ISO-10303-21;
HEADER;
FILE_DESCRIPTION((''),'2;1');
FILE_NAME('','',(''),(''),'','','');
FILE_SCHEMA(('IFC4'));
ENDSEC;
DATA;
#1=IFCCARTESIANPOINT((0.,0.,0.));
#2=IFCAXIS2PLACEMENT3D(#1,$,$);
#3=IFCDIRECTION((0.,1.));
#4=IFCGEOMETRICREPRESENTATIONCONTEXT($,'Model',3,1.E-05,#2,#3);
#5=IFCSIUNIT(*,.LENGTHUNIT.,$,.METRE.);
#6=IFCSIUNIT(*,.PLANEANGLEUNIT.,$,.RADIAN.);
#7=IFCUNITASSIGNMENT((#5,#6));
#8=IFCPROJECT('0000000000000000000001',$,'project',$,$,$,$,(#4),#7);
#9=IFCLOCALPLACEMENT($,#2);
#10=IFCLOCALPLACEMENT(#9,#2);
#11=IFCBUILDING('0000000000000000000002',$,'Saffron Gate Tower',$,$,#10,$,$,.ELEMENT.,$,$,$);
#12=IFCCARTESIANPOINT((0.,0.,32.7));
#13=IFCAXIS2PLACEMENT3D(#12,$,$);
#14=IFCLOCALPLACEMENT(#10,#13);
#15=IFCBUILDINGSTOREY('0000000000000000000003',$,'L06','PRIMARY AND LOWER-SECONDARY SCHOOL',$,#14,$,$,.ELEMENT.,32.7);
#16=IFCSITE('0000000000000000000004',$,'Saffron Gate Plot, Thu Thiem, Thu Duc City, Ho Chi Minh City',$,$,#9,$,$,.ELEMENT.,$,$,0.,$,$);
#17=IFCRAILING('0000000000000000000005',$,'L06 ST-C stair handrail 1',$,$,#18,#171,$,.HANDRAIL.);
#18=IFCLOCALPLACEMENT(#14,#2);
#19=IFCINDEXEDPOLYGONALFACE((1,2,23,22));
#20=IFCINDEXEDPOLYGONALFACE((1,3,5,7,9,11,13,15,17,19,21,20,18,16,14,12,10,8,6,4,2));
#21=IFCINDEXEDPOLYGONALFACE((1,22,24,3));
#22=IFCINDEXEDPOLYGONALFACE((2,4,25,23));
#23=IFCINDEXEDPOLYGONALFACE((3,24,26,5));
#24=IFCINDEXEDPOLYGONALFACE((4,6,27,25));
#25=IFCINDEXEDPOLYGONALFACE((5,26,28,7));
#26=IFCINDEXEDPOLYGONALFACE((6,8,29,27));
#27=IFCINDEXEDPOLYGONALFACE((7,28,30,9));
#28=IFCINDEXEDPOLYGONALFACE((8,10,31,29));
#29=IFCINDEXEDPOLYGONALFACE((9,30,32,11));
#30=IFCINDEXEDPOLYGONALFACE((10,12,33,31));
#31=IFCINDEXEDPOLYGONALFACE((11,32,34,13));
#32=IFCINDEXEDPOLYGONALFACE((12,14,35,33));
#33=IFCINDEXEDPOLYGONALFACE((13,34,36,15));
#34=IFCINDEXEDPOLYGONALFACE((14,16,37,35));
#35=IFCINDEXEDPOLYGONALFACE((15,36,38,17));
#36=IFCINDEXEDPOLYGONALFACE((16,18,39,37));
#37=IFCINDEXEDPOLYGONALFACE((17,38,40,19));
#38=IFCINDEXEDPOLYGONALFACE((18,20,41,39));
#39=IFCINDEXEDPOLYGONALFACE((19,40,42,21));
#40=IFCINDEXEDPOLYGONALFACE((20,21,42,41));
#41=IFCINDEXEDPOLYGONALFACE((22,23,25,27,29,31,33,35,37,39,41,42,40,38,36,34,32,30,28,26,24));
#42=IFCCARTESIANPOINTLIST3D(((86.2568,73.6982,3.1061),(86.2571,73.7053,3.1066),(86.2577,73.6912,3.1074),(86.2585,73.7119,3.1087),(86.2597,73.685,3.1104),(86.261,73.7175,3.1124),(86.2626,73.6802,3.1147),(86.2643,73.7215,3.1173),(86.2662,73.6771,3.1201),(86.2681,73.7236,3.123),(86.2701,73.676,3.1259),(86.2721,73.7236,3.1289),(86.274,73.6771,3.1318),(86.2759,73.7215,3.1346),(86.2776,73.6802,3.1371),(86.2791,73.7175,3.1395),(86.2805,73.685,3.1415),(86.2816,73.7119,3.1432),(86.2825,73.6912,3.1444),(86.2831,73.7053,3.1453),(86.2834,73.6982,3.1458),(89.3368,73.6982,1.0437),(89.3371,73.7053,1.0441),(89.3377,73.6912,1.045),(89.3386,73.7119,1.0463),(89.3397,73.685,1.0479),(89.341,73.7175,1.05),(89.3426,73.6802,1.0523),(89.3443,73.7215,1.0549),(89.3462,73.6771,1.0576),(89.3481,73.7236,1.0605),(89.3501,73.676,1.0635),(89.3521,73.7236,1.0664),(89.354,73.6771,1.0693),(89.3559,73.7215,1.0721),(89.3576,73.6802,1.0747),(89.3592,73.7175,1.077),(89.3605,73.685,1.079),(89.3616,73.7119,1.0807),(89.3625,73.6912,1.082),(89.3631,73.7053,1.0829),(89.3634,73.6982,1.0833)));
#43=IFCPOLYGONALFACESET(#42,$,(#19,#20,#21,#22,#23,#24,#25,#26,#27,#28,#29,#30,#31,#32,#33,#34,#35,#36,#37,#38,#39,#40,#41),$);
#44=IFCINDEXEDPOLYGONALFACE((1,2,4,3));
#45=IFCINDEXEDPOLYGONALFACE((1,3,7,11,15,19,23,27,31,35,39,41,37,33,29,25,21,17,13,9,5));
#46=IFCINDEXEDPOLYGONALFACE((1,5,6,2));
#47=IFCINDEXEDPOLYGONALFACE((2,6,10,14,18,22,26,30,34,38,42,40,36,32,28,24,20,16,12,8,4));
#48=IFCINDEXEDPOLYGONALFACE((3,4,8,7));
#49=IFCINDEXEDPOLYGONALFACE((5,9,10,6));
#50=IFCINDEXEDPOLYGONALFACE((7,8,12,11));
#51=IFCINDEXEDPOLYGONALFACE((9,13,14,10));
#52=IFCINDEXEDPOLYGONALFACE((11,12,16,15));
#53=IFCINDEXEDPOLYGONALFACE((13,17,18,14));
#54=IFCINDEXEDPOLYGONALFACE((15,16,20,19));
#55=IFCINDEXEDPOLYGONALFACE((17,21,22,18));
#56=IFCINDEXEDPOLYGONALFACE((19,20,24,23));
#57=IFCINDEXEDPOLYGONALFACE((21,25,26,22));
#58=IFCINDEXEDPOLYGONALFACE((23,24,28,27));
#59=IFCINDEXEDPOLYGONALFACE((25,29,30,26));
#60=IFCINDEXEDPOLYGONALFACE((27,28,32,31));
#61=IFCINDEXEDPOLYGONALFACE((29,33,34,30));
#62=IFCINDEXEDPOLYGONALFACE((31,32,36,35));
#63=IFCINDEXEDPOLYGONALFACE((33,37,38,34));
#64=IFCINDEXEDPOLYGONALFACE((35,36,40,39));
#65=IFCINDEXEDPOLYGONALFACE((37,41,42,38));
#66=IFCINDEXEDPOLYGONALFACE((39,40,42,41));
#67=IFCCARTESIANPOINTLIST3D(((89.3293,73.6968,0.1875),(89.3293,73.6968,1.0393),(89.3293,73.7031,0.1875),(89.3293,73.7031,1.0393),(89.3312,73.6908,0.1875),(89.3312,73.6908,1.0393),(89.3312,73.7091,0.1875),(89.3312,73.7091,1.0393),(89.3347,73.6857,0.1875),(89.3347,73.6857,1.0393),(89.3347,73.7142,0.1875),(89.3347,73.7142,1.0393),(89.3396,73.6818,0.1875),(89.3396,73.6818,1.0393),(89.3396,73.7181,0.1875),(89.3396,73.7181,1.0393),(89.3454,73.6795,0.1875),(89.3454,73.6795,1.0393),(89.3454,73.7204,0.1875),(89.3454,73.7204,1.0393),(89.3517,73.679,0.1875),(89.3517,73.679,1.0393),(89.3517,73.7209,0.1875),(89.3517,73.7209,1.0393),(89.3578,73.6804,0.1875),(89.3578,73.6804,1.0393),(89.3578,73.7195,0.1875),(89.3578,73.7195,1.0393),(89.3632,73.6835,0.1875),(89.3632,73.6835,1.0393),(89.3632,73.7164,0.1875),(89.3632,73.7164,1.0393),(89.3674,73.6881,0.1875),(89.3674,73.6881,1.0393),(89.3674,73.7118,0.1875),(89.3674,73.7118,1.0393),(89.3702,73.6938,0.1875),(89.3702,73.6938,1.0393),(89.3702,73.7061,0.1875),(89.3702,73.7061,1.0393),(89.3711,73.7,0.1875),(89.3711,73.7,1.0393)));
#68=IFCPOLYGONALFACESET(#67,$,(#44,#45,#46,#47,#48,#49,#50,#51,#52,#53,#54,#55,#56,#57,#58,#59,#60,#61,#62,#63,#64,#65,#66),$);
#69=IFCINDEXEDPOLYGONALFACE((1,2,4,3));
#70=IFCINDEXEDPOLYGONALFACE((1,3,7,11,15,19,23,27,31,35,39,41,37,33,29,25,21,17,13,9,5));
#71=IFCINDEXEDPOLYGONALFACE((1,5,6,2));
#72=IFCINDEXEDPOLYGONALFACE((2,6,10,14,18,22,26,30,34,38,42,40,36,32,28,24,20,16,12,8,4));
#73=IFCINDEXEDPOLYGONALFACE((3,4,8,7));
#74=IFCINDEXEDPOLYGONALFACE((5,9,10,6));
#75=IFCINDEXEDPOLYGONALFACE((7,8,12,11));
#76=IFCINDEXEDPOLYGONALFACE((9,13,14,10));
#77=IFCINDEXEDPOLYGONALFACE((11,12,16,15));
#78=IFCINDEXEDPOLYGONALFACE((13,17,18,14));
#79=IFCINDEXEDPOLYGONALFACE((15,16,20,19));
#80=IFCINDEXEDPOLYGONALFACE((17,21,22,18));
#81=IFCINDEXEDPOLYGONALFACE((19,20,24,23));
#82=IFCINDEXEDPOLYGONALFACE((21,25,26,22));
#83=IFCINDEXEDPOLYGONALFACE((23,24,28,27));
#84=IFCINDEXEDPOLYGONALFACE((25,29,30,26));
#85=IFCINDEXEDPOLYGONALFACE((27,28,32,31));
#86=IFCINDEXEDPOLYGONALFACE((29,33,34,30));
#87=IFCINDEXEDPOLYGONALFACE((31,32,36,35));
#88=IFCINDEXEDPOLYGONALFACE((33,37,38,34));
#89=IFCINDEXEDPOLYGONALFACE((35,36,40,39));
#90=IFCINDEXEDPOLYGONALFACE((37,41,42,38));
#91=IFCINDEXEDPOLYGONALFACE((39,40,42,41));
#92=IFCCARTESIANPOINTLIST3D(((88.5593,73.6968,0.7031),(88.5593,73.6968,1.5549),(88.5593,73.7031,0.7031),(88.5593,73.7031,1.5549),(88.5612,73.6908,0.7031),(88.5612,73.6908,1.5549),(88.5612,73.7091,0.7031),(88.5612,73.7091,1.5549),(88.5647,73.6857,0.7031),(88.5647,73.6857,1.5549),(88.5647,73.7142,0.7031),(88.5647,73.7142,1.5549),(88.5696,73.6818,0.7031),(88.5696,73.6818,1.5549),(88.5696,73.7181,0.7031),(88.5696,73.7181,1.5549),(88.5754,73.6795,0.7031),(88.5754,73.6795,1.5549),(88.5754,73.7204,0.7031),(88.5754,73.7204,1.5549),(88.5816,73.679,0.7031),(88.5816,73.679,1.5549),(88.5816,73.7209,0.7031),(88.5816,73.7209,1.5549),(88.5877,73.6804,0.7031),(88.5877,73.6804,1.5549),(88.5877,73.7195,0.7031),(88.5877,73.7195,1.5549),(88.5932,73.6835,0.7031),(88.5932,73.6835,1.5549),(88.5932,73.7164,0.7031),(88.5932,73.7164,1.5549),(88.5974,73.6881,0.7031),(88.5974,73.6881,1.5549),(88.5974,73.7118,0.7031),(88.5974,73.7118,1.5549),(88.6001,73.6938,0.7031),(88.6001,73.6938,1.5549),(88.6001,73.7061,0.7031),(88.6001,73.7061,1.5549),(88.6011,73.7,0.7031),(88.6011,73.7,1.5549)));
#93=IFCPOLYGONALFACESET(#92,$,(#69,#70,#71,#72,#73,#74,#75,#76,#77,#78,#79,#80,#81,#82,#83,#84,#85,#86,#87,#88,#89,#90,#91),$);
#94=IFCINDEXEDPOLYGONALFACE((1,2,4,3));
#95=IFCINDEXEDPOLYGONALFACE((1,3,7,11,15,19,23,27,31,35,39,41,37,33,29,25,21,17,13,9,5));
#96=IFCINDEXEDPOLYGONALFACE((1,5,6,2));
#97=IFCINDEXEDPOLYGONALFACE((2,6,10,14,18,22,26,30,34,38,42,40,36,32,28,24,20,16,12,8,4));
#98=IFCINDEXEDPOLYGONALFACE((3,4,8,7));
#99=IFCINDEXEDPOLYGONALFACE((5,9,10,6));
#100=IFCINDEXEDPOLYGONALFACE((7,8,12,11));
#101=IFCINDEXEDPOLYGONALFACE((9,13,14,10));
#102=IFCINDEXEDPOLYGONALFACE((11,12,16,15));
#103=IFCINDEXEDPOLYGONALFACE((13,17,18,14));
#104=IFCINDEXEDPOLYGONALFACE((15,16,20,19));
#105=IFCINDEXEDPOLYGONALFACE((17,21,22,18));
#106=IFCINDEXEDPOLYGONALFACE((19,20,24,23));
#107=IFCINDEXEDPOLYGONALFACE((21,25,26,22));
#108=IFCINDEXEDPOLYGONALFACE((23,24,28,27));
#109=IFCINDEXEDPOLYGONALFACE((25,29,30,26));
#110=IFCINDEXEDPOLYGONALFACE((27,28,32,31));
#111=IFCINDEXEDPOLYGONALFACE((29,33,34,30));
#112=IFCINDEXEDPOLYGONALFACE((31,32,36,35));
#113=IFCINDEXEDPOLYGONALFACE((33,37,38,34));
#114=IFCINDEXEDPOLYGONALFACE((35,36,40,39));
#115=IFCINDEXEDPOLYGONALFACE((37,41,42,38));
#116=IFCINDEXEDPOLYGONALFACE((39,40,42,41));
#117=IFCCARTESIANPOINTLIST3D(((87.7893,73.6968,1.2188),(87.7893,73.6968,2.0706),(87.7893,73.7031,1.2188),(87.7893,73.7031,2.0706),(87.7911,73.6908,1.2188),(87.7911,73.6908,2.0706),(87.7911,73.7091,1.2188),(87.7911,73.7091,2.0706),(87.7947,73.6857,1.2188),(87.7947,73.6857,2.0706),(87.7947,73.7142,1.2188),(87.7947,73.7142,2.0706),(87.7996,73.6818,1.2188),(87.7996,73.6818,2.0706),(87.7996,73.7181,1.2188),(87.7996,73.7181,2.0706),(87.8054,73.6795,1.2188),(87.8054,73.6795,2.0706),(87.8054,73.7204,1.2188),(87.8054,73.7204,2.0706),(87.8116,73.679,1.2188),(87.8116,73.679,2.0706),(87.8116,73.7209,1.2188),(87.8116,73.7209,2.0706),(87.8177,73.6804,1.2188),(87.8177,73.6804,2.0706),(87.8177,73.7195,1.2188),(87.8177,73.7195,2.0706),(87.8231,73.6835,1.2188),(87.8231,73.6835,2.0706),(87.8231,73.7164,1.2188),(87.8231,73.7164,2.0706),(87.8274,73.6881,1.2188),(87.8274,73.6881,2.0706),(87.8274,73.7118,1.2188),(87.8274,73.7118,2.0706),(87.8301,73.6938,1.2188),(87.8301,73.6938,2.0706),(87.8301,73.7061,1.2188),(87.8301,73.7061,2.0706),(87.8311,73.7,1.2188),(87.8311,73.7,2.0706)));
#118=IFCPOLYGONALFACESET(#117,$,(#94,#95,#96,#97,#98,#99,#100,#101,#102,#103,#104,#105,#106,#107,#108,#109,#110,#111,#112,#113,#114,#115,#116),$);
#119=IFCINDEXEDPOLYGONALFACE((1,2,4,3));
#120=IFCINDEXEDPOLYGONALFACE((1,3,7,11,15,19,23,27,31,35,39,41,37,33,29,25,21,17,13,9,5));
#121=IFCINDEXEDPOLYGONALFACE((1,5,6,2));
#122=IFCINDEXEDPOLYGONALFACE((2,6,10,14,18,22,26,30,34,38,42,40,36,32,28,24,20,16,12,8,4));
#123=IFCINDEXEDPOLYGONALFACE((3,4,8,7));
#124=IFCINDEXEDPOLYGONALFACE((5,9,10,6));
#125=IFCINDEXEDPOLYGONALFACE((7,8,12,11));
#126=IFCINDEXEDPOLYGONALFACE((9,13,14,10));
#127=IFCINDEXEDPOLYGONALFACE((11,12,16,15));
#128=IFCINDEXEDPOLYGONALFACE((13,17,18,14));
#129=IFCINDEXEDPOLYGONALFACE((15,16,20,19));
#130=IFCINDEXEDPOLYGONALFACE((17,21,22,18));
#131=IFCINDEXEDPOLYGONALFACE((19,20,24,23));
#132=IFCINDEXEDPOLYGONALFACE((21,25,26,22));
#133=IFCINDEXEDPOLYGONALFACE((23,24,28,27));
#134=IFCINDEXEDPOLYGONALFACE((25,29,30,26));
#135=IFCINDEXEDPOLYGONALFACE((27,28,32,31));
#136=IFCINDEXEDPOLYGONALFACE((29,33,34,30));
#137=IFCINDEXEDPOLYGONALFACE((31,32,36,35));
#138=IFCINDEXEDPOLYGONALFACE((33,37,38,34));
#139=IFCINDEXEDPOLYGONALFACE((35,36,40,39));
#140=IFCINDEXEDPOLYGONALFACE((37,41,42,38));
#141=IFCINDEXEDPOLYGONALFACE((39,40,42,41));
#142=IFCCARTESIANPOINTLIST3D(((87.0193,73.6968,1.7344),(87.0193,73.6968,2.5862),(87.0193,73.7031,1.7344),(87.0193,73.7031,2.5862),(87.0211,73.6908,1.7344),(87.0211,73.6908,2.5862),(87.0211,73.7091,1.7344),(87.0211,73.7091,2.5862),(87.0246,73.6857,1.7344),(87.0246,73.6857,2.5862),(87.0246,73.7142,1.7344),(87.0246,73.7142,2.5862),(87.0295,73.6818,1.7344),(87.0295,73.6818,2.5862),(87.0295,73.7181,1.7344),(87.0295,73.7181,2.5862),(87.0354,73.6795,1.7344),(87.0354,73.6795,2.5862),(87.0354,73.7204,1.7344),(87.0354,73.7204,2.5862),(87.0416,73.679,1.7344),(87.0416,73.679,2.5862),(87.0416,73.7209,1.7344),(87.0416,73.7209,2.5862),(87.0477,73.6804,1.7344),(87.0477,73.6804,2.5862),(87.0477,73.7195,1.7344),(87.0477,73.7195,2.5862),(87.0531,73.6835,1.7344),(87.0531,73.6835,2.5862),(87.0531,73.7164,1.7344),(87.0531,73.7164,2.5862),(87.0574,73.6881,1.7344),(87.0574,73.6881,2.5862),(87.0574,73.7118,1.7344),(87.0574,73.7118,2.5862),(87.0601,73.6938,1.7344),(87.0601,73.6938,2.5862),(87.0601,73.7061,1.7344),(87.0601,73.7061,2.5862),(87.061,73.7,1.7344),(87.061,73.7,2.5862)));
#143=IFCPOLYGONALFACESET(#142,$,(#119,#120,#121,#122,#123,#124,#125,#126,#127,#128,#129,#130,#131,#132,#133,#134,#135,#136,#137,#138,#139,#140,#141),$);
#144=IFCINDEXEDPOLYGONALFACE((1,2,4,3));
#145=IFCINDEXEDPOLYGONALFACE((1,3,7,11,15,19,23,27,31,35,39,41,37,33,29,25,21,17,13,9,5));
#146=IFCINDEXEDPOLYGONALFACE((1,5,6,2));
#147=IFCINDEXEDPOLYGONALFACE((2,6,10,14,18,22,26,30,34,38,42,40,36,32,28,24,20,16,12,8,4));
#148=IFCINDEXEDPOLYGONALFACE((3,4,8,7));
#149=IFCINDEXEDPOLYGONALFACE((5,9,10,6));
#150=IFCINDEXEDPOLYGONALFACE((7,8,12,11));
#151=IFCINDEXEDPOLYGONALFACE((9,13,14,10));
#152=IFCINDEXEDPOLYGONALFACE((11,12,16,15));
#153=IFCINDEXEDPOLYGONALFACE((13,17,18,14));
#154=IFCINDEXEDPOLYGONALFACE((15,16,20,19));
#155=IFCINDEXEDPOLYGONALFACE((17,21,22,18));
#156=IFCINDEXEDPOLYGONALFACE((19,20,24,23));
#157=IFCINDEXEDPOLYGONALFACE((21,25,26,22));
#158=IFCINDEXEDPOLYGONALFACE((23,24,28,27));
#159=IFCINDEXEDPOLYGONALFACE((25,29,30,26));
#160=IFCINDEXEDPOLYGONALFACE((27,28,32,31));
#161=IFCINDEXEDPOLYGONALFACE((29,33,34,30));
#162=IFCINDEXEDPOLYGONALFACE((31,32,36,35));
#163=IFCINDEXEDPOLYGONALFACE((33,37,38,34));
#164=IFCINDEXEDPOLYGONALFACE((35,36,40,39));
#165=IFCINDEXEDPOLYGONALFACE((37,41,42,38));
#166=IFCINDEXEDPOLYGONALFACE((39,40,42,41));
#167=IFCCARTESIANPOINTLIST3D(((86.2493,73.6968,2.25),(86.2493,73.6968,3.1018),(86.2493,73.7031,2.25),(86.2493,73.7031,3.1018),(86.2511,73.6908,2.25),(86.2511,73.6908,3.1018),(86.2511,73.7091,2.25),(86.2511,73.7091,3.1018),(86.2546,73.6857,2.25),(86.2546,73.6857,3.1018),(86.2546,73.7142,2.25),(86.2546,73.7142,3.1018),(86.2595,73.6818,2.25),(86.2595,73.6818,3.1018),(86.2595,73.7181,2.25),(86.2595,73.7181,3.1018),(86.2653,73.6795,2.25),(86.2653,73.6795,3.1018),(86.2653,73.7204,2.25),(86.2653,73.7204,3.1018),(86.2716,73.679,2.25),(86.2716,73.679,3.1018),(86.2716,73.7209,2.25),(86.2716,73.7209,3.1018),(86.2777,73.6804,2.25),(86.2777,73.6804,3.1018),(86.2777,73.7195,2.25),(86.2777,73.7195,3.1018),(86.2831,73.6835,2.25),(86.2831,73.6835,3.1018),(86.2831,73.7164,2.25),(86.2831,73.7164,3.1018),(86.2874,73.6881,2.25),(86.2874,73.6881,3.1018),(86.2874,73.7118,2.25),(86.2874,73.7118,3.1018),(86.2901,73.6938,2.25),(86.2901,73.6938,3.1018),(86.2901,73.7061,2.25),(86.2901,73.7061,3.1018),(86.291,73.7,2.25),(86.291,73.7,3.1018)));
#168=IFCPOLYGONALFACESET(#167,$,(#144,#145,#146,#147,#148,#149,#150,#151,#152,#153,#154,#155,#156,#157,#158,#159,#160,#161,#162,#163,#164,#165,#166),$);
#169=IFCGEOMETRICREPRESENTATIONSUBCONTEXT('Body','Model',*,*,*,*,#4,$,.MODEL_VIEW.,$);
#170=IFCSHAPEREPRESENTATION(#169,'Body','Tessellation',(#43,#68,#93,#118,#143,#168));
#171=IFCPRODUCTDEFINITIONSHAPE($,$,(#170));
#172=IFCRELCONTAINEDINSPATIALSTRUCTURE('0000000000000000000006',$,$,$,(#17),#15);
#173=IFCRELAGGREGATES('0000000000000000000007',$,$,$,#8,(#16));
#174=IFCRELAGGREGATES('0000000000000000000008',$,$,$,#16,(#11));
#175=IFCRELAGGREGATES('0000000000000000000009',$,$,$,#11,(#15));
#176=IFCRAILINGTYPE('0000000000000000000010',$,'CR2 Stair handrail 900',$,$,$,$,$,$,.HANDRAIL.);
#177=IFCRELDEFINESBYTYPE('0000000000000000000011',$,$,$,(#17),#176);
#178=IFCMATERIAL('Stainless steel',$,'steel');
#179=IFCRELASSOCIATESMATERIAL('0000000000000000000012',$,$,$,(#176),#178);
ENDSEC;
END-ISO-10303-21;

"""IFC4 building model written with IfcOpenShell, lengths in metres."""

from ifc_helpers import new_model, si_unit, direction, frame, origin, origin_2d, place, context, subcontext, project, spatial, circle, extrude, material, type_object, element, save


model = new_model("IFC4")

# Units and contexts
model_context = context("Model", 3, precision=1e-05, world=origin(), true_north=direction((0.0, 1.0)))
body_context = subcontext(model_context, "Body", "Model", "MODEL_VIEW")
ifc_project = project(units=[si_unit("LENGTHUNIT", "METRE"), si_unit("PLANEANGLEUNIT", "RADIAN")], contexts=[model_context])

# Site, building, storey
site_placement = place(None, origin())
site = spatial("IfcSite", under=ifc_project, at=site_placement, Name="Saffron Gate Plot, Thu Thiem, Thu Duc City, Ho Chi Minh City", CompositionType="ELEMENT", RefElevation=0.0)
building_placement = place(site_placement, origin())
building = spatial("IfcBuilding", under=site, at=building_placement, Name="Saffron Gate Tower", CompositionType="ELEMENT")
storey_placement = place(building_placement, frame((0.0, 0.0, 32.7)))
storey = spatial("IfcBuildingStorey", under=building, at=storey_placement, Name="L06", Description="PRIMARY AND LOWER-SECONDARY SCHOOL", CompositionType="ELEMENT", Elevation=32.7)

# Railing
ifc_material_1 = material(Name="Stainless steel", Category="steel")
railing_type_1 = type_object("IfcRailingType", Name="CR2 Stair handrail 900", PredefinedType="HANDRAIL", material=ifc_material_1)
railing_1_placement = place(storey_placement, frame((89.3501, 73.7, 0.1875)))
element("IfcRailing", 1, at=railing_1_placement, inside=storey, type_object=railing_type_1, Name="L06 ST-C stair handrail 1", PredefinedType="HANDRAIL", context=body_context, shape_type="SweptSolid", body=[
    extrude(circle(Radius=0.0239, at=origin_2d()), frame((0.0, 0.0, 0.876), z_axis=(-0.830914, 0.0, 0.556401), x_axis=(0.0, -1.0, 0.0)), (0.0, 0.0, 1.0), 3.7068),
    extrude(circle(Radius=0.021, at=origin_2d()), origin(), (0.0, 0.0, 1.0), 0.8518),
    extrude(circle(Radius=0.021, at=origin_2d()), frame((-0.77, 0.0, 0.5156)), (0.0, 0.0, 1.0), 0.8518),
    extrude(circle(Radius=0.021, at=origin_2d()), frame((-1.54, 0.0, 1.0312)), (0.0, 0.0, 1.0), 0.8518),
    extrude(circle(Radius=0.021, at=origin_2d()), frame((-2.3101, 0.0, 1.5469)), (0.0, 0.0, 1.0), 0.8518),
    extrude(circle(Radius=0.021, at=origin_2d()), frame((-3.0801, 0.0, 2.0625)), (0.0, 0.0, 1.0), 0.8518),
])

save(model, "model.ifc")
